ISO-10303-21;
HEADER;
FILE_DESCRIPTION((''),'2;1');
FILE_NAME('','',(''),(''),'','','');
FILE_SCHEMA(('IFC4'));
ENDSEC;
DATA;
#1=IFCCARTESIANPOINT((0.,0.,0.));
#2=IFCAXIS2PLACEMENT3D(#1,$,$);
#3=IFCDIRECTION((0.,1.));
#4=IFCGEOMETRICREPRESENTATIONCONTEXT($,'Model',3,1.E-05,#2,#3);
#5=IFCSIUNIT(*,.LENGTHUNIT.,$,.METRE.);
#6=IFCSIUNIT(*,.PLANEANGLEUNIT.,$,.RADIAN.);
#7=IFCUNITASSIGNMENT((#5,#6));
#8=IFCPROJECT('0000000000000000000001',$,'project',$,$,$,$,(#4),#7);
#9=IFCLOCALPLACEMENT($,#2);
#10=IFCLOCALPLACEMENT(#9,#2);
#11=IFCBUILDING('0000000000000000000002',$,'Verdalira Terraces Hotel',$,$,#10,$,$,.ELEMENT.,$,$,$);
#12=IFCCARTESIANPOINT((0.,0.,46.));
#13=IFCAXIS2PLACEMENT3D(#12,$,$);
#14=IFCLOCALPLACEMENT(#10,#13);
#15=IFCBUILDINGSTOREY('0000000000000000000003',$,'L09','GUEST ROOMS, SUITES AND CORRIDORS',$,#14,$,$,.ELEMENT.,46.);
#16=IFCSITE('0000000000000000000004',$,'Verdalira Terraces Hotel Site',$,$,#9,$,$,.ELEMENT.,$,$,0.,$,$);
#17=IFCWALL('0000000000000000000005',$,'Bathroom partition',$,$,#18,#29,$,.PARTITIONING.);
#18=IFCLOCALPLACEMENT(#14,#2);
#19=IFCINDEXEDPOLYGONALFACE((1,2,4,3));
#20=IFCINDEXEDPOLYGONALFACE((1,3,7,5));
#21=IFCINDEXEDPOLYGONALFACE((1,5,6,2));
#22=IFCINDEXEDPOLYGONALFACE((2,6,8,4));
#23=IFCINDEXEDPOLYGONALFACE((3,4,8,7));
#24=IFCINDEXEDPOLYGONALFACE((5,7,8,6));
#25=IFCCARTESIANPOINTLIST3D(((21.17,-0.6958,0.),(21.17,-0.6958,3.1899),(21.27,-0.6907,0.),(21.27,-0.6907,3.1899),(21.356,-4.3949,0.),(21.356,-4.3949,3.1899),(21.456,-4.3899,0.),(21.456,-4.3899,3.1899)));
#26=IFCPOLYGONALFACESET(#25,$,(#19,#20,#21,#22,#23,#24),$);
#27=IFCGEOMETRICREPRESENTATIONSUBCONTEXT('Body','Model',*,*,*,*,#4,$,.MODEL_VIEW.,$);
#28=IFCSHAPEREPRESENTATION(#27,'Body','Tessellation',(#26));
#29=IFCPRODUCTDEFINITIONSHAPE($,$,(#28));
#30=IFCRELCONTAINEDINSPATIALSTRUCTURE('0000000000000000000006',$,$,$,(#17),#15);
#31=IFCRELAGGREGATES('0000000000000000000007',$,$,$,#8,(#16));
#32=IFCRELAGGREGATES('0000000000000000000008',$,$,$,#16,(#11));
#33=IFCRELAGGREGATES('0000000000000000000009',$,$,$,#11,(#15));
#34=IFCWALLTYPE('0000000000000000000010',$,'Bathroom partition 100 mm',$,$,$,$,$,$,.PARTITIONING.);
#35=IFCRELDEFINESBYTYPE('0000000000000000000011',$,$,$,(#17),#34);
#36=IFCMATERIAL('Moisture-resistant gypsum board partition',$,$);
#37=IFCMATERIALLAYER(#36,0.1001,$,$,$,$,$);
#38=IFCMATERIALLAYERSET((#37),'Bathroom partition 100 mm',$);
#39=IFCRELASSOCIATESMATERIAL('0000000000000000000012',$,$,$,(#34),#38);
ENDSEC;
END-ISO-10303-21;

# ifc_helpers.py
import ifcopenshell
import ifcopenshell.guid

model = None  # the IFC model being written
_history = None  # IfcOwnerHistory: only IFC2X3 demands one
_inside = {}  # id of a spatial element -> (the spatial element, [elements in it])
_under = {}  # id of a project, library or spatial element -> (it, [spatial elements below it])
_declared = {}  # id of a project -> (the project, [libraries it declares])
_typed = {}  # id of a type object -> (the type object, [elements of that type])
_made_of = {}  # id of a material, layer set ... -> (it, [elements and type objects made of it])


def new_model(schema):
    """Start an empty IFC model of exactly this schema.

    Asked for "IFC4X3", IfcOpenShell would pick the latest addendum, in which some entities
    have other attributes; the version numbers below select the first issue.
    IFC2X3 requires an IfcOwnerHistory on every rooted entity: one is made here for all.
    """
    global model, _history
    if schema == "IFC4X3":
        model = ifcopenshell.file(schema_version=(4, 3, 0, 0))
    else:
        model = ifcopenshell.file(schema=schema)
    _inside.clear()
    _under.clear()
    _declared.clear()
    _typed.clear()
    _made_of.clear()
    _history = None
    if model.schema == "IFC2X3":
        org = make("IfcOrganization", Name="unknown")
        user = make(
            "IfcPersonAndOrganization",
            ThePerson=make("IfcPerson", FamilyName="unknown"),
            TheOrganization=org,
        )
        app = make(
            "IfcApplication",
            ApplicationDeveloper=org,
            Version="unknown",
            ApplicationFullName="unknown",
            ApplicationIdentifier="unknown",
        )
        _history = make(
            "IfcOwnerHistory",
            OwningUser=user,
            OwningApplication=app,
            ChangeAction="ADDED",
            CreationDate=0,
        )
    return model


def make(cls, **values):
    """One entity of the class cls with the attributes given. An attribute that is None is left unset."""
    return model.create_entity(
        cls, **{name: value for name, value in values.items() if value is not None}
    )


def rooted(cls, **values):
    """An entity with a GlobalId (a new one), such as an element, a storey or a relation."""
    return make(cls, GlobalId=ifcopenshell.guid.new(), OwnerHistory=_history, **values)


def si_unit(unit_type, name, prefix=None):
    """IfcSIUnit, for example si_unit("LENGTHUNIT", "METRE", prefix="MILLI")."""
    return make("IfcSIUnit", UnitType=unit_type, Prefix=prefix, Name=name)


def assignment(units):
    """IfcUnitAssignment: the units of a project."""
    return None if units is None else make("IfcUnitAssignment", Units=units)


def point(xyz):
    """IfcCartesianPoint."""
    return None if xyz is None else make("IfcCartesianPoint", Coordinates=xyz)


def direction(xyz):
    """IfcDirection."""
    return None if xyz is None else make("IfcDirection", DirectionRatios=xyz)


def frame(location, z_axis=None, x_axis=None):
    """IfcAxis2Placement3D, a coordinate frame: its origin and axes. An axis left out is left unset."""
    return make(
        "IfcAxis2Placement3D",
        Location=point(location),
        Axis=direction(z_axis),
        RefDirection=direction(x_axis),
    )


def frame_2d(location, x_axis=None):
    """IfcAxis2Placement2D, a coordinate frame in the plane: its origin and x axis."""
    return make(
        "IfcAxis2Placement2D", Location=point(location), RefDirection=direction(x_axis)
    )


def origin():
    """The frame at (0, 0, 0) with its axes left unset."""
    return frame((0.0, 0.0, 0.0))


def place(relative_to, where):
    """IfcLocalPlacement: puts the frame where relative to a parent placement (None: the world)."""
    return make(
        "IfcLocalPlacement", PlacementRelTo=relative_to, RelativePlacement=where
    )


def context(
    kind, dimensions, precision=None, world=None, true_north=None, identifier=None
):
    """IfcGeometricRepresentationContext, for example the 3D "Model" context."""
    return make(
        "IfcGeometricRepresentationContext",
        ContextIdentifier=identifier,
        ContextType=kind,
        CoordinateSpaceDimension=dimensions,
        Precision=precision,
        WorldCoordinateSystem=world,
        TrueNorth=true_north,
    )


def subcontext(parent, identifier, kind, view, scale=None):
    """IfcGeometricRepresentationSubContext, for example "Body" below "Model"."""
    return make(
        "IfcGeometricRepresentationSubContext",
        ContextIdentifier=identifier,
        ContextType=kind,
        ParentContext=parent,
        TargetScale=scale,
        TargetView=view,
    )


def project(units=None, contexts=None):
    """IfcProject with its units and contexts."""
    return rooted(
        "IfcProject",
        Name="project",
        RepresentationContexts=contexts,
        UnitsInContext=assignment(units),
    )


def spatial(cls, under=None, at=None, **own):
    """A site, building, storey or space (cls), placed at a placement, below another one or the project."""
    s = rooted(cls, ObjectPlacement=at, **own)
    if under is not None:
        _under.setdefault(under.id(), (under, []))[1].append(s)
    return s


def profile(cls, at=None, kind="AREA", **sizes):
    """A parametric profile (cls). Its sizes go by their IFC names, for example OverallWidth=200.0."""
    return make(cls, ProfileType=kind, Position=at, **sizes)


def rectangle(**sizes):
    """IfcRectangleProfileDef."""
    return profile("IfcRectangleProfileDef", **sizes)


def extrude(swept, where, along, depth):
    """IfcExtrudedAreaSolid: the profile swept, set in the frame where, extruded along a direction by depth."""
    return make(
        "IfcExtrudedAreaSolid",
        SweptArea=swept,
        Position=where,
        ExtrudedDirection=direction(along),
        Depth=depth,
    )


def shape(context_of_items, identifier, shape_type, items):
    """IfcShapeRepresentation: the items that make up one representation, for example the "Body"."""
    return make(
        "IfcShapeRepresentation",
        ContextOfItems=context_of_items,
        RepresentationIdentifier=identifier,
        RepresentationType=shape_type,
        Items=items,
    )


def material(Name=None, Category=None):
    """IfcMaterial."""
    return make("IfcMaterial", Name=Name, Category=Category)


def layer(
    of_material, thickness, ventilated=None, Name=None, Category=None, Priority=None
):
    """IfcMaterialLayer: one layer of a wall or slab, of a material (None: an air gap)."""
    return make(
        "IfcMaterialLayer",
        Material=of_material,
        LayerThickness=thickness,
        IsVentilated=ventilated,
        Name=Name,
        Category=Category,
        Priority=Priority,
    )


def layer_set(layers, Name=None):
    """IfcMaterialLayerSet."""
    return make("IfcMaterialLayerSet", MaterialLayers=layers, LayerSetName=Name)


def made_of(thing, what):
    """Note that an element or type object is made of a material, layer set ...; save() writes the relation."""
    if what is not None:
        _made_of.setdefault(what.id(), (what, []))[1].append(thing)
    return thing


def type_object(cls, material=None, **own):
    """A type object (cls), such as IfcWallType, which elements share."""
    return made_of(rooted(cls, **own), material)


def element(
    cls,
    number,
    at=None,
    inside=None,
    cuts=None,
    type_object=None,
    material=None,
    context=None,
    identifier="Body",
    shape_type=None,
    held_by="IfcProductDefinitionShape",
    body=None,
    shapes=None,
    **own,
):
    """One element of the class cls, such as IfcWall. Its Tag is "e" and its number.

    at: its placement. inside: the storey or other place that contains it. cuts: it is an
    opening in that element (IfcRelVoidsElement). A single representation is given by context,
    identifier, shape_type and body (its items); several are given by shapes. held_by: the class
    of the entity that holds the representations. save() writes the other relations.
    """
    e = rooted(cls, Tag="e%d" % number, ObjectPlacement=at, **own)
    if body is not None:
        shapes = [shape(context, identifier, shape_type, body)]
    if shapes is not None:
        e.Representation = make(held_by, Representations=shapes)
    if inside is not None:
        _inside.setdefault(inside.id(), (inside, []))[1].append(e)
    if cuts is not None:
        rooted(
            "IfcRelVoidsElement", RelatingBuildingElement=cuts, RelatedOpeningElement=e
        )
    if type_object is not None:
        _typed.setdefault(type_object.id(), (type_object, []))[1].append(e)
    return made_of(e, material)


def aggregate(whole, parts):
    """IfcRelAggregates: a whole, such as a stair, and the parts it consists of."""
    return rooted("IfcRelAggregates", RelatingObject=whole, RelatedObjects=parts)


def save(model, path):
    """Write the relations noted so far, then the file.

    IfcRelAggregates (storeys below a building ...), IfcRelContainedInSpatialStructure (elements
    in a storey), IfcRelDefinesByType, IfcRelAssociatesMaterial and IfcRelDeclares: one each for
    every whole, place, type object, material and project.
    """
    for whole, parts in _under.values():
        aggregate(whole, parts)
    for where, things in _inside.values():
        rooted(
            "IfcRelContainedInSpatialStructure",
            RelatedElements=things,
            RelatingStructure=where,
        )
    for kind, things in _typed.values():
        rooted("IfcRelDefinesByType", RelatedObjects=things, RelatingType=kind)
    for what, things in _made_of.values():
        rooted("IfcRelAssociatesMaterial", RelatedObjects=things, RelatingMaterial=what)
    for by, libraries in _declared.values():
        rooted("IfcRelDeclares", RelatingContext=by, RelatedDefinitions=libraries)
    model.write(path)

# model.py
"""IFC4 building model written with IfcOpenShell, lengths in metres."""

from ifc_helpers import new_model, si_unit, direction, frame, frame_2d, origin, place, context, subcontext, project, spatial, rectangle, extrude, material, layer, layer_set, type_object, element, save


model = new_model("IFC4")

# Units and contexts
model_context = context("Model", 3, precision=1e-05, world=origin(), true_north=direction((0.0, 1.0)))
body_context = subcontext(model_context, "Body", "Model", "MODEL_VIEW")
ifc_project = project(units=[si_unit("LENGTHUNIT", "METRE"), si_unit("PLANEANGLEUNIT", "RADIAN")], contexts=[model_context])

# Site, building, storey
site_placement = place(None, origin())
site = spatial("IfcSite", under=ifc_project, at=site_placement, Name="Verdalira Terraces Hotel Site", CompositionType="ELEMENT", RefElevation=0.0)
building_placement = place(site_placement, origin())
building = spatial("IfcBuilding", under=site, at=building_placement, Name="Verdalira Terraces Hotel", CompositionType="ELEMENT")
storey_placement = place(building_placement, frame((0.0, 0.0, 46.0)))
storey = spatial("IfcBuildingStorey", under=building, at=storey_placement, Name="L09", Description="GUEST ROOMS, SUITES AND CORRIDORS", CompositionType="ELEMENT", Elevation=46.0)

# Wall
ifc_material_1 = material(Name="Moisture-resistant gypsum board partition")
ifc_layer_1 = layer(ifc_material_1, 0.1001)
ifc_layer_set_1 = layer_set([ifc_layer_1], Name="Bathroom partition 100 mm")
wall_type_1 = type_object("IfcWallType", Name="Bathroom partition 100 mm", PredefinedType="PARTITIONING", material=ifc_layer_set_1)
wall_1_placement = place(storey_placement, frame((21.22, -0.6931, 0.0), z_axis=(0.0, 0.0, 1.0), x_axis=(0.050227, -0.998738, 0.0)))
element("IfcWall", 1, at=wall_1_placement, inside=storey, type_object=wall_type_1, Name="Bathroom partition", PredefinedType="PARTITIONING", context=body_context, shape_type="SweptSolid", body=[
    extrude(rectangle(XDim=3.7039, YDim=0.1001, at=frame_2d((1.8521, 0.0))), origin(), (0.0, 0.0, 1.0), 3.1899),
])

save(model, "model.ifc")
